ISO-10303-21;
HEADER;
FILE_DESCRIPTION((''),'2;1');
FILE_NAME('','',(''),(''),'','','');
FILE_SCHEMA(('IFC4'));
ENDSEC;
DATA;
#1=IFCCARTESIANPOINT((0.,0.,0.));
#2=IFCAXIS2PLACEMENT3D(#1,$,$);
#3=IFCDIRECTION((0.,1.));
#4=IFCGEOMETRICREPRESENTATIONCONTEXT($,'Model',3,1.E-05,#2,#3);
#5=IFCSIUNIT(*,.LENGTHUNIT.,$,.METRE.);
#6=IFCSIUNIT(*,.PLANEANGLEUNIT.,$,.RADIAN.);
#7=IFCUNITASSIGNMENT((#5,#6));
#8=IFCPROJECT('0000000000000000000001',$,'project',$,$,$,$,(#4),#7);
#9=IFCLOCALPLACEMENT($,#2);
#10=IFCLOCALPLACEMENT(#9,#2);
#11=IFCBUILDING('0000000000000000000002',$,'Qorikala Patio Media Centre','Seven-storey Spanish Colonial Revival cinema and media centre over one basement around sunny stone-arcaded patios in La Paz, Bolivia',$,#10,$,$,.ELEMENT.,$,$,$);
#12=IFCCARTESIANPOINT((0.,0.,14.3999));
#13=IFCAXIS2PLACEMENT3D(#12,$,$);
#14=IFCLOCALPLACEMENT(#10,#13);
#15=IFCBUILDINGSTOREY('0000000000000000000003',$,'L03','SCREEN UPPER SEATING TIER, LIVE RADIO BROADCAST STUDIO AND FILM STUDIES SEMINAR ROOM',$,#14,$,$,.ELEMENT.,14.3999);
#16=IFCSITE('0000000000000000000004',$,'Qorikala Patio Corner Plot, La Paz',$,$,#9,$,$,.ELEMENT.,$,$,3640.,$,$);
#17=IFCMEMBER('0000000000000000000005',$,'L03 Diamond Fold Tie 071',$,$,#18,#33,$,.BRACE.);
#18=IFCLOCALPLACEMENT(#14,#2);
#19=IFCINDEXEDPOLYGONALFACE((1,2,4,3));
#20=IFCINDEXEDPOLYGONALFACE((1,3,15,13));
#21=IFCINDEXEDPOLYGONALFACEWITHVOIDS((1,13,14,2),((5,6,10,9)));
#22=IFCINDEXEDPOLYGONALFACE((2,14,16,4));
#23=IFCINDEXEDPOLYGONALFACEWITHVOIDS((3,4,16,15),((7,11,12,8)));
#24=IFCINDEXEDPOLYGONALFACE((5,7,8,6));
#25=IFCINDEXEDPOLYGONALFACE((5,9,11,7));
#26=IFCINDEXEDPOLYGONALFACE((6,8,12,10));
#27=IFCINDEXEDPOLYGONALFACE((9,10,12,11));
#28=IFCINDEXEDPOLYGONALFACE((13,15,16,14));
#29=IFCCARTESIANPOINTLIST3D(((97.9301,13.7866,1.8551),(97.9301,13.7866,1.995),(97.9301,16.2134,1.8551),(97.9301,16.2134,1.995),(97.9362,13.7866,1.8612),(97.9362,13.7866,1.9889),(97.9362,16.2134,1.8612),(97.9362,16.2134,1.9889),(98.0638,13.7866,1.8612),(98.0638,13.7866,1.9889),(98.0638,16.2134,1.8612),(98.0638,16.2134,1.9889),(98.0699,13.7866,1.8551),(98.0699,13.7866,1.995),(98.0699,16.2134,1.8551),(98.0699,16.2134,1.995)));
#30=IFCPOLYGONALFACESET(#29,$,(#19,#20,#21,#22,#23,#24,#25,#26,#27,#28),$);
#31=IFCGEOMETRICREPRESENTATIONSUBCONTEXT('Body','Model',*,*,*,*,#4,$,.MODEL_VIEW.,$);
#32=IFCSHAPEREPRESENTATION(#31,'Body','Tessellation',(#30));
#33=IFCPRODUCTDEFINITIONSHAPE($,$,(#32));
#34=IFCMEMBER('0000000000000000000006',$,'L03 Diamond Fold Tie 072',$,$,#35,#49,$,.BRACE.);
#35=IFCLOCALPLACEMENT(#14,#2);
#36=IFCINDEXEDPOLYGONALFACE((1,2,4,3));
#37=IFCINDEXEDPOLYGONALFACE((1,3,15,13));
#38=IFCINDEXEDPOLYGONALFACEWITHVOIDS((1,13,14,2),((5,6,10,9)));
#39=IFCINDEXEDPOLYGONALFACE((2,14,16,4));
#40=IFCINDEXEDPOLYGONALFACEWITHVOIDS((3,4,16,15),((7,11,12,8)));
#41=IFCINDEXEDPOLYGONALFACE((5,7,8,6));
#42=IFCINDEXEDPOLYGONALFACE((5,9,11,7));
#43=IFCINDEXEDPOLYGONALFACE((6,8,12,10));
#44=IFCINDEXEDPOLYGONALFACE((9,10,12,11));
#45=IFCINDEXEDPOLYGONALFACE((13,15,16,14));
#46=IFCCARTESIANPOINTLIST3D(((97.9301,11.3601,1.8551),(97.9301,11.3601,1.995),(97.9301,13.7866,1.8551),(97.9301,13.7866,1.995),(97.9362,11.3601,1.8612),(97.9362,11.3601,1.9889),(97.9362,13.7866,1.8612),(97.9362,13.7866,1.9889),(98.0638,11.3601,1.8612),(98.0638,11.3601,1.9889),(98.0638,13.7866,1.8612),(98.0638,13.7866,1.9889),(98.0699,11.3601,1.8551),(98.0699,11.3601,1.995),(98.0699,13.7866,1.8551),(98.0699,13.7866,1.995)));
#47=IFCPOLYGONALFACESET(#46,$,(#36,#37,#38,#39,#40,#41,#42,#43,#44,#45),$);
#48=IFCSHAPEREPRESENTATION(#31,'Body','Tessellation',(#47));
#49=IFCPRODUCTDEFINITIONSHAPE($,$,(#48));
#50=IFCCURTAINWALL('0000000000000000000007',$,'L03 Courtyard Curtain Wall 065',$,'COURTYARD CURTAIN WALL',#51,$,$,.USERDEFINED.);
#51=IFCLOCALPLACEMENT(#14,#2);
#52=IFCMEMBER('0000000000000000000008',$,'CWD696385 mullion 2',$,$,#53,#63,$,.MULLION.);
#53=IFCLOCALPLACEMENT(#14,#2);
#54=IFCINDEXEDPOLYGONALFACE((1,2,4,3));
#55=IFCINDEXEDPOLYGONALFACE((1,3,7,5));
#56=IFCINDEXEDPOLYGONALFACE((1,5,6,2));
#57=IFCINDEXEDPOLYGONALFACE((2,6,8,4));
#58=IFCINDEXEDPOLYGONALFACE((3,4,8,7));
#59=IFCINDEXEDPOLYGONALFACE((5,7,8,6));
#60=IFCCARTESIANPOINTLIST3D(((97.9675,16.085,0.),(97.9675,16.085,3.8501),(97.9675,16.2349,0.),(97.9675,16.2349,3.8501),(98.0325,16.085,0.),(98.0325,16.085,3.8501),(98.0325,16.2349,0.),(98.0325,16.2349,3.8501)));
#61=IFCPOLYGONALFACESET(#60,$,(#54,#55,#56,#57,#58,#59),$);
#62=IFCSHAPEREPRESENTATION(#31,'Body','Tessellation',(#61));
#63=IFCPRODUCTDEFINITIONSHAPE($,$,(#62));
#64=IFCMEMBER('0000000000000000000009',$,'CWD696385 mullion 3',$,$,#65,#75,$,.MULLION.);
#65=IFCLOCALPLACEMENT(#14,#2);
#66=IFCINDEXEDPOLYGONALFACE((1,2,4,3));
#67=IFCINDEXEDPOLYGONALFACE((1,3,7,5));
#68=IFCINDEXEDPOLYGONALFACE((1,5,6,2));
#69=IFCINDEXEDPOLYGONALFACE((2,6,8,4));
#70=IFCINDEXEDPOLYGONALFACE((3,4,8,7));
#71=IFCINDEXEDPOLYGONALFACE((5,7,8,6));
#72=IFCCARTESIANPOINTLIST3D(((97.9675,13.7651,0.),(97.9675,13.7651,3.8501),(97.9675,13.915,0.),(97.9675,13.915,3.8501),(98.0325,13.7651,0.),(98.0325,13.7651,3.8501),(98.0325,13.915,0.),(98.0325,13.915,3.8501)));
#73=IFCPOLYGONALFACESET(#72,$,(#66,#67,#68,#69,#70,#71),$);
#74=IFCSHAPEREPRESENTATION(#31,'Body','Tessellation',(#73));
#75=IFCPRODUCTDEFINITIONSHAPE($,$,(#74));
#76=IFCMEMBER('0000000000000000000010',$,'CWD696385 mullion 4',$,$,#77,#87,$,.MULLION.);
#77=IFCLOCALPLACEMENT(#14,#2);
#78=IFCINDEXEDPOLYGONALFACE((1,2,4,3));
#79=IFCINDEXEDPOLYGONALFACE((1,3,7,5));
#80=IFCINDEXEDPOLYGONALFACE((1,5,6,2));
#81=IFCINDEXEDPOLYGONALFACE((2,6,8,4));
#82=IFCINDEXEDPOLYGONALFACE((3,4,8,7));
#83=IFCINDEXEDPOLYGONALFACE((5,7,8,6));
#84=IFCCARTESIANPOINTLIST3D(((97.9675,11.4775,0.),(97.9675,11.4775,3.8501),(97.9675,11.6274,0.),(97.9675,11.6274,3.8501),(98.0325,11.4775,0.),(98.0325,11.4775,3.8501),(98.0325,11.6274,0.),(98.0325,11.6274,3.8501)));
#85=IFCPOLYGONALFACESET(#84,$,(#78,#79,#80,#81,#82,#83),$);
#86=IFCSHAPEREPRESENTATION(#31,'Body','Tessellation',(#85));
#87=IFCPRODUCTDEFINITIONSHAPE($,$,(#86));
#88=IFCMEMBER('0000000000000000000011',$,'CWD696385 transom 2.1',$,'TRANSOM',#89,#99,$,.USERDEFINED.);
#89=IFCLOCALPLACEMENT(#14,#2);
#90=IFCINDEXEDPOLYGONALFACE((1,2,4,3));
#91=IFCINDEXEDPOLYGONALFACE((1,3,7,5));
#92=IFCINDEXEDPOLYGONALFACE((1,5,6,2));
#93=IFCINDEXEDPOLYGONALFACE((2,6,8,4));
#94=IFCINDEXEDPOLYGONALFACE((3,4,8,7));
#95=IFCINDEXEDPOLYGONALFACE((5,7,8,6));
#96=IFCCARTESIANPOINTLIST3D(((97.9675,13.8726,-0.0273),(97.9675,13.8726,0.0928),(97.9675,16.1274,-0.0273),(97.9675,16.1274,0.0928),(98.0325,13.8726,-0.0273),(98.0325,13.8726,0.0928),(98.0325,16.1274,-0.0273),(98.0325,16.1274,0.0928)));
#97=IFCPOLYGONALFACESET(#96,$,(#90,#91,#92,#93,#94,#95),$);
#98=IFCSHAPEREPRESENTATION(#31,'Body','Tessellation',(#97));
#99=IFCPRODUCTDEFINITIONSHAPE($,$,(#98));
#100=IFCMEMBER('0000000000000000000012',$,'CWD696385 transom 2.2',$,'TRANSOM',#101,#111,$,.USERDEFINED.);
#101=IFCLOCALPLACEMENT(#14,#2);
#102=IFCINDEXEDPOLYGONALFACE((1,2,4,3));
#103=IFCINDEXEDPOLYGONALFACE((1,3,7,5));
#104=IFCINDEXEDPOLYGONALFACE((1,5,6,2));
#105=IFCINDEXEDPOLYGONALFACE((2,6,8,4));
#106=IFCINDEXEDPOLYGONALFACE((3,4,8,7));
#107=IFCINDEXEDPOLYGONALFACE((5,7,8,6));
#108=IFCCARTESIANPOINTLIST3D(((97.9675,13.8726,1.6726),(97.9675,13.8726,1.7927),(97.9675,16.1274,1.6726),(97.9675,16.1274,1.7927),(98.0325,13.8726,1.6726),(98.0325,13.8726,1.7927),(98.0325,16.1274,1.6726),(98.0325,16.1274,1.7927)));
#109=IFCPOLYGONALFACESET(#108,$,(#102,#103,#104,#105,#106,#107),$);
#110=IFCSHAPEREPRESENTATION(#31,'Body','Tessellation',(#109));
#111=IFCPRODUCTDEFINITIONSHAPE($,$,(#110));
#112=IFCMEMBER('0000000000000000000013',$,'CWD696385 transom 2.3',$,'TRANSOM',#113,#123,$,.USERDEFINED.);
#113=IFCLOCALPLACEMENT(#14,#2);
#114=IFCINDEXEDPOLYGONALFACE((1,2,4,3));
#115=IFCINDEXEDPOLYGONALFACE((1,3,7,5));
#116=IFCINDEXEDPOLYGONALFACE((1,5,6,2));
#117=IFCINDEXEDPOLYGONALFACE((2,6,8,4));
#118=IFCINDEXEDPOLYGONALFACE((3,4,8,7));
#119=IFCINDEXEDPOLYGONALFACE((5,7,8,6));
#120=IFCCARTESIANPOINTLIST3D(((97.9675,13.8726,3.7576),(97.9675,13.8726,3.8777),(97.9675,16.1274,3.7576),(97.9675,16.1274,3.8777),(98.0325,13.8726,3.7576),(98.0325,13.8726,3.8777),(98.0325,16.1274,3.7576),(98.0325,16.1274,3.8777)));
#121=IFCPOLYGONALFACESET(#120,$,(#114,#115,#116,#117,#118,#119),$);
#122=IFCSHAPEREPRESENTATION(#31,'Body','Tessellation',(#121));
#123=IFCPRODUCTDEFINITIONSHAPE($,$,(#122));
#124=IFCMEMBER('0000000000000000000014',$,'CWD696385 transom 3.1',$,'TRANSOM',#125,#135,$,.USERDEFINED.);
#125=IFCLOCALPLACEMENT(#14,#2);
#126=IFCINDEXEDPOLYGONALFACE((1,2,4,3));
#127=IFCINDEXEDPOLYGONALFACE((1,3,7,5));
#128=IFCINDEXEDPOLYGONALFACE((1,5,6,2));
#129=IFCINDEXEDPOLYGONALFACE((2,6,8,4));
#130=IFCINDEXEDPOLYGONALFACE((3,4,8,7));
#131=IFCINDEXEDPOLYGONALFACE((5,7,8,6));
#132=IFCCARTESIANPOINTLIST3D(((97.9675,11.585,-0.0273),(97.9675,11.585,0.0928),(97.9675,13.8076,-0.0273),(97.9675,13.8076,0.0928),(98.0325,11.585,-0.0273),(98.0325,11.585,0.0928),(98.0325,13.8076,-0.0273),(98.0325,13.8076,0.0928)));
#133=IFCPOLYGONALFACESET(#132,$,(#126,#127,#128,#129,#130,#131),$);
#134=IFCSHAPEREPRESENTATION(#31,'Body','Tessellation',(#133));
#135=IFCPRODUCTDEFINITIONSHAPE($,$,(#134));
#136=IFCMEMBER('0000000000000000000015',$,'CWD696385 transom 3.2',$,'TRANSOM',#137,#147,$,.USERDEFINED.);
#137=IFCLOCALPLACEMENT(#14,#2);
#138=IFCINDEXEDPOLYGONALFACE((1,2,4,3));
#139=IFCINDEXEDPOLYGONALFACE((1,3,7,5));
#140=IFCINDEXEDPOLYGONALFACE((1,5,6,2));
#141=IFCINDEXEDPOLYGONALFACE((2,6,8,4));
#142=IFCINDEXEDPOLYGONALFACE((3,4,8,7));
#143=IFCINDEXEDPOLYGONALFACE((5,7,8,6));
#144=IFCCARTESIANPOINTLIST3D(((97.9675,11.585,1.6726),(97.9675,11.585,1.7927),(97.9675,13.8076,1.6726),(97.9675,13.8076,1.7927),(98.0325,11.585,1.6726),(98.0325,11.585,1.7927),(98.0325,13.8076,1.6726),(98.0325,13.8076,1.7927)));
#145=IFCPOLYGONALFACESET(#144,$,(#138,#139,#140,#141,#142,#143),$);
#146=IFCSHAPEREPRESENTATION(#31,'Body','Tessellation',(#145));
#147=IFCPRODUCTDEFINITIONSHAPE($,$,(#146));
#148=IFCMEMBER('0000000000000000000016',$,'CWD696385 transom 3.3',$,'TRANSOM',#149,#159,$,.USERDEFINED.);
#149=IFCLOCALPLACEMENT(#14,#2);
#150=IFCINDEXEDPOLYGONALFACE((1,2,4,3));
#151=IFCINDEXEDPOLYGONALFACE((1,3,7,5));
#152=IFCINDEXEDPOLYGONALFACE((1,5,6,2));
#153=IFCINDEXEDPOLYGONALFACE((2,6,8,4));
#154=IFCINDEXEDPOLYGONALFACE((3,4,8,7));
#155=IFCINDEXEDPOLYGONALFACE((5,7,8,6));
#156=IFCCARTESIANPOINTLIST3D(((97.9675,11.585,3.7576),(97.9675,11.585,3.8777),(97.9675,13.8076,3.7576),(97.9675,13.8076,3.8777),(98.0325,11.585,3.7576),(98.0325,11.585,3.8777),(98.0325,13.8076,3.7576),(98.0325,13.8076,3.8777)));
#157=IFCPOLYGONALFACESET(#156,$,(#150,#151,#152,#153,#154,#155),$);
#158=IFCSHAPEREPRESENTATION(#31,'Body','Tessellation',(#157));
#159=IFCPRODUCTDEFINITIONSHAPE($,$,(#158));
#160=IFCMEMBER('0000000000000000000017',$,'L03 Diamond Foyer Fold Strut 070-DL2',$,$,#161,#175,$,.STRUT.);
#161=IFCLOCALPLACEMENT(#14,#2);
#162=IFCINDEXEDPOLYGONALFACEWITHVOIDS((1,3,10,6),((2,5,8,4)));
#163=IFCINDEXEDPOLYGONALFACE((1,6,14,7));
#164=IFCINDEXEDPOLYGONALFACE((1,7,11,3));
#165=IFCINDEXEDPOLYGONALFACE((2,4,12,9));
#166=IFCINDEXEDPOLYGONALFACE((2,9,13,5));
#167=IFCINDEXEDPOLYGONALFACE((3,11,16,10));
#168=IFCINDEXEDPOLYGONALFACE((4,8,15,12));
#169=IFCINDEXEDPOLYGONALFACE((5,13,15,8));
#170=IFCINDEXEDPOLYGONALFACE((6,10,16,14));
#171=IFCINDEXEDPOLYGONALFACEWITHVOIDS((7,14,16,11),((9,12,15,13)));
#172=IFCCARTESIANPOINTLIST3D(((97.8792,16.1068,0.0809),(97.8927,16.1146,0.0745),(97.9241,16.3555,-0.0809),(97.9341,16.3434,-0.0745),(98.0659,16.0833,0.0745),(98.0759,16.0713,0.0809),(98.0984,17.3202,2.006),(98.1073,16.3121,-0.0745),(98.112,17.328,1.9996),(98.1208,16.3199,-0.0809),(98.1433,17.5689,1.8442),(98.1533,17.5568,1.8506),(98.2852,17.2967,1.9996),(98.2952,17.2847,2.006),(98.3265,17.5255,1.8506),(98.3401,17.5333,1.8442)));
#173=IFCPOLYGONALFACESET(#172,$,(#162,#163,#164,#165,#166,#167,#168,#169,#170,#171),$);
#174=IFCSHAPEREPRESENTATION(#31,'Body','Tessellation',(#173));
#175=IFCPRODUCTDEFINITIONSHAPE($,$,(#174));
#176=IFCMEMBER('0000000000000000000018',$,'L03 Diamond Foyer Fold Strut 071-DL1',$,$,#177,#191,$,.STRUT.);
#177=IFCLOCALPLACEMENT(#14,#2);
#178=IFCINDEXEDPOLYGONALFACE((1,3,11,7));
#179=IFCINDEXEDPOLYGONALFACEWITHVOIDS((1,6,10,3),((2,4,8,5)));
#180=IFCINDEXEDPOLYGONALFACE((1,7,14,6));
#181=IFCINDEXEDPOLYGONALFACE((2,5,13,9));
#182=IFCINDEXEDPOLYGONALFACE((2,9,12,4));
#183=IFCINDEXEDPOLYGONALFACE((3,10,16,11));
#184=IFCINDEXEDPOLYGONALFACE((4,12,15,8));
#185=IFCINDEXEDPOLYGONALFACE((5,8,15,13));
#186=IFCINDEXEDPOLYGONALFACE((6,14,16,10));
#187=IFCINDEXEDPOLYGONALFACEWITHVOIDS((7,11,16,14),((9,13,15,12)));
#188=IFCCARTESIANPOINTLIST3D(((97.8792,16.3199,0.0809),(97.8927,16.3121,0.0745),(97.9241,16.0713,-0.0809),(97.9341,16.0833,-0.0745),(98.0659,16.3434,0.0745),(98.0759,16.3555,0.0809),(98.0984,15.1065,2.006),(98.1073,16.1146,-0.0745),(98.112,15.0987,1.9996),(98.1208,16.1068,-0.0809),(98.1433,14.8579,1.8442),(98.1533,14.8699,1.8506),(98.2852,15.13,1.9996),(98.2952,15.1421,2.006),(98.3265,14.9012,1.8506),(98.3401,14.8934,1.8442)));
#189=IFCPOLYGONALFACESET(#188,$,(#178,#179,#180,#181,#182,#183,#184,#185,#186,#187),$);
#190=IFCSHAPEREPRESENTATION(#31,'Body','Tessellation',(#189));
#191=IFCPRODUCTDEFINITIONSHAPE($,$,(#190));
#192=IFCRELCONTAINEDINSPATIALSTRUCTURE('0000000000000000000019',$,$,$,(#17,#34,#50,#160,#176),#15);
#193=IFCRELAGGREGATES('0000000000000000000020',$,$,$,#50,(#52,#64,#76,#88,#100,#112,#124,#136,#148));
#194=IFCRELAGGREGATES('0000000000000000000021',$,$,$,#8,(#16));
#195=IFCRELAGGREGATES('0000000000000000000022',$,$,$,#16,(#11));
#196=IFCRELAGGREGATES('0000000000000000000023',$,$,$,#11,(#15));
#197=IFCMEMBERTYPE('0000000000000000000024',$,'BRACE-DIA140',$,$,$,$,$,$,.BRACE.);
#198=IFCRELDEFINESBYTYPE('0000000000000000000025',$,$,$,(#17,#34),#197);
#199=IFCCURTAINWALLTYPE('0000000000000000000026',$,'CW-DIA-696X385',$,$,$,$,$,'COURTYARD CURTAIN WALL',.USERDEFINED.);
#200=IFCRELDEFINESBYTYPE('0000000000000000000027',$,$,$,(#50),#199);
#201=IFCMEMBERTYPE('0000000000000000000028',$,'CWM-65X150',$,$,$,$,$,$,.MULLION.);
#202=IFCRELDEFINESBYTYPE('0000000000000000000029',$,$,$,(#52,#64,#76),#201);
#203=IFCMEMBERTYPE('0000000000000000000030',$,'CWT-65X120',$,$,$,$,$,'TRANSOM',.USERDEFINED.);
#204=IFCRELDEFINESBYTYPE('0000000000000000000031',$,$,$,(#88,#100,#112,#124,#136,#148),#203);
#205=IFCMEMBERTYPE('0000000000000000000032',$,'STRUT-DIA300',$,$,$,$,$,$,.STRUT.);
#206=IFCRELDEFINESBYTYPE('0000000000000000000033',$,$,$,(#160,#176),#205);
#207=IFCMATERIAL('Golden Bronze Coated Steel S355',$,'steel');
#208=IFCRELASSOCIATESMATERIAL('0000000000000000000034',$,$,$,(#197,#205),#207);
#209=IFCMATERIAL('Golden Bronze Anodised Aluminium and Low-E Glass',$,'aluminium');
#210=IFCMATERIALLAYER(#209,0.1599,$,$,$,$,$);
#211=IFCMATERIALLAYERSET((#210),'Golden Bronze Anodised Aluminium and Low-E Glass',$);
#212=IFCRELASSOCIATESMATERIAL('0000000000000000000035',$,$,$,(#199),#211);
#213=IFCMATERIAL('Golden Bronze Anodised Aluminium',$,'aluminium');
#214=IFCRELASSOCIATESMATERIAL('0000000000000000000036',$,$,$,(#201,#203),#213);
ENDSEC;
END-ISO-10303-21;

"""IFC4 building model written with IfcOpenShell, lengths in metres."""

from ifc_helpers import new_model, si_unit, direction, frame, origin, origin_2d, place, context, subcontext, project, spatial, rectangle, hollow_rectangle, extrude, material, layer, layer_set, material_profile, profile_set, type_object, element, aggregate, save


model = new_model("IFC4")

# Units and contexts
model_context = context("Model", 3, precision=1e-05, world=origin(), true_north=direction((0.0, 1.0)))
body_context = subcontext(model_context, "Body", "Model", "MODEL_VIEW")
ifc_project = project(units=[si_unit("LENGTHUNIT", "METRE"), si_unit("PLANEANGLEUNIT", "RADIAN")], contexts=[model_context])

# Site, building, storey
site_placement = place(None, origin())
site = spatial("IfcSite", under=ifc_project, at=site_placement, Name="Qorikala Patio Corner Plot, La Paz", CompositionType="ELEMENT", RefElevation=3640.0)
building_placement = place(site_placement, origin())
building = spatial("IfcBuilding", under=site, at=building_placement, Name="Qorikala Patio Media Centre", Description="Seven-storey Spanish Colonial Revival cinema and media centre over one basement around sunny stone-arcaded patios in La Paz, Bolivia", CompositionType="ELEMENT")
storey_placement = place(building_placement, frame((0.0, 0.0, 14.3999)))
storey = spatial("IfcBuildingStorey", under=building, at=storey_placement, Name="L03", Description="SCREEN UPPER SEATING TIER, LIVE RADIO BROADCAST STUDIO AND FILM STUDIES SEMINAR ROOM", CompositionType="ELEMENT", Elevation=14.3999)

# Members
ifc_material_1 = material(Name="Golden Bronze Coated Steel S355", Category="steel")
ifc_material_profile_1 = material_profile(ifc_material_1, hollow_rectangle(XDim=0.1399, YDim=0.1399, WallThickness=0.0061, at=origin_2d()), Name="HSS140X140X6")
ifc_profile_set_1 = profile_set([ifc_material_profile_1], Name="Golden Bronze Coated Steel S355")
member_type_1 = type_object("IfcMemberType", Name="BRACE-DIA140", PredefinedType="BRACE", material=ifc_profile_set_1)
member_1_placement = place(storey_placement, frame((98.0, 16.2134, 1.925), z_axis=(0.0, -1.0, 0.0), x_axis=(1.0, 0.0, 0.0)))
element("IfcMember", 1, at=member_1_placement, inside=storey, type_object=member_type_1, Name="L03 Diamond Fold Tie 071", PredefinedType="BRACE", context=body_context, shape_type="SweptSolid", body=[
    extrude(hollow_rectangle(XDim=0.1399, YDim=0.1399, WallThickness=0.0061, at=origin_2d()), origin(), (0.0, 0.0, 1.0), 2.4268),
])
member_2_placement = place(storey_placement, frame((98.0, 13.7866, 1.925), z_axis=(0.0, -1.0, 0.0), x_axis=(1.0, 0.0, 0.0)))
element("IfcMember", 2, at=member_2_placement, inside=storey, type_object=member_type_1, Name="L03 Diamond Fold Tie 072", PredefinedType="BRACE", context=body_context, shape_type="SweptSolid", body=[
    extrude(hollow_rectangle(XDim=0.1399, YDim=0.1399, WallThickness=0.0061, at=origin_2d()), origin(), (0.0, 0.0, 1.0), 2.4265),
])

# Curtain wall, members
ifc_material_2 = material(Name="Golden Bronze Anodised Aluminium and Low-E Glass", Category="aluminium")
ifc_layer_1 = layer(ifc_material_2, 0.1599)
ifc_layer_set_1 = layer_set([ifc_layer_1], Name="Golden Bronze Anodised Aluminium and Low-E Glass")
curtain_wall_type = type_object("IfcCurtainWallType", Name="CW-DIA-696X385", ElementType="COURTYARD CURTAIN WALL", PredefinedType="USERDEFINED", material=ifc_layer_set_1)
curtain_wall_placement = place(storey_placement, origin())
curtain_wall = element("IfcCurtainWall", 3, at=curtain_wall_placement, inside=storey, type_object=curtain_wall_type, Name="L03 Courtyard Curtain Wall 065", ObjectType="COURTYARD CURTAIN WALL", PredefinedType="USERDEFINED")
ifc_material_3 = material(Name="Golden Bronze Anodised Aluminium", Category="aluminium")
ifc_material_profile_2 = material_profile(ifc_material_3, rectangle(XDim=0.0649, YDim=0.1499, at=origin_2d()), Name="ALU MULLION 65x150")
ifc_profile_set_2 = profile_set([ifc_material_profile_2], Name="Golden Bronze Anodised Aluminium")
member_type_2 = type_object("IfcMemberType", Name="CWM-65X150", PredefinedType="MULLION", material=ifc_profile_set_2)
member_3_placement = place(storey_placement, frame((98.0, 16.1599, 0.0), z_axis=(0.0, 0.0, 1.0), x_axis=(1.0, 0.0, 0.0)))
member_3 = element("IfcMember", 4, at=member_3_placement, type_object=member_type_2, Name="CWD696385 mullion 2", PredefinedType="MULLION", context=body_context, shape_type="SweptSolid", body=[
    extrude(rectangle(XDim=0.0649, YDim=0.1499, at=origin_2d()), origin(), (0.0, 0.0, 1.0), 3.8501),
])
member_4_placement = place(storey_placement, frame((98.0, 13.8401, 0.0), z_axis=(0.0, 0.0, 1.0), x_axis=(1.0, 0.0, 0.0)))
member_4 = element("IfcMember", 5, at=member_4_placement, type_object=member_type_2, Name="CWD696385 mullion 3", PredefinedType="MULLION", context=body_context, shape_type="SweptSolid", body=[
    extrude(rectangle(XDim=0.0649, YDim=0.1499, at=origin_2d()), origin(), (0.0, 0.0, 1.0), 3.8501),
])
member_5_placement = place(storey_placement, frame((98.0, 11.5525, 0.0), z_axis=(0.0, 0.0, 1.0), x_axis=(1.0, 0.0, 0.0)))
member_5 = element("IfcMember", 6, at=member_5_placement, type_object=member_type_2, Name="CWD696385 mullion 4", PredefinedType="MULLION", context=body_context, shape_type="SweptSolid", body=[
    extrude(rectangle(XDim=0.0649, YDim=0.1499, at=origin_2d()), origin(), (0.0, 0.0, 1.0), 3.8501),
])
ifc_material_profile_3 = material_profile(ifc_material_3, rectangle(XDim=0.0649, YDim=0.1201, at=origin_2d()), Name="ALU TRANSOM 65x120")
ifc_profile_set_3 = profile_set([ifc_material_profile_3], Name="Golden Bronze Anodised Aluminium")
member_type_3 = type_object("IfcMemberType", Name="CWT-65X120", ElementType="TRANSOM", PredefinedType="USERDEFINED", material=ifc_profile_set_3)
member_6_placement = place(storey_placement, frame((98.0, 16.1274, 0.0327), z_axis=(0.0, -1.0, 0.0), x_axis=(1.0, 0.0, 0.0)))
member_6 = element("IfcMember", 7, at=member_6_placement, type_object=member_type_3, Name="CWD696385 transom 2.1", ObjectType="TRANSOM", PredefinedType="USERDEFINED", context=body_context, shape_type="SweptSolid", body=[
    extrude(rectangle(XDim=0.0649, YDim=0.1201, at=origin_2d()), origin(), (0.0, 0.0, 1.0), 2.2549),
])
member_7_placement = place(storey_placement, frame((98.0, 16.1274, 1.7327), z_axis=(0.0, -1.0, 0.0), x_axis=(1.0, 0.0, 0.0)))
member_7 = element("IfcMember", 8, at=member_7_placement, type_object=member_type_3, Name="CWD696385 transom 2.2", ObjectType="TRANSOM", PredefinedType="USERDEFINED", context=body_context, shape_type="SweptSolid", body=[
    extrude(rectangle(XDim=0.0649, YDim=0.1201, at=origin_2d()), origin(), (0.0, 0.0, 1.0), 2.2549),
])
member_8_placement = place(storey_placement, frame((98.0, 16.1274, 3.8176), z_axis=(0.0, -1.0, 0.0), x_axis=(1.0, 0.0, 0.0)))
member_8 = element("IfcMember", 9, at=member_8_placement, type_object=member_type_3, Name="CWD696385 transom 2.3", ObjectType="TRANSOM", PredefinedType="USERDEFINED", context=body_context, shape_type="SweptSolid", body=[
    extrude(rectangle(XDim=0.0649, YDim=0.1201, at=origin_2d()), origin(), (0.0, 0.0, 1.0), 2.2549),
])
member_9_placement = place(storey_placement, frame((98.0, 13.8076, 0.0327), z_axis=(0.0, -1.0, 0.0), x_axis=(1.0, 0.0, 0.0)))
member_9 = element("IfcMember", 10, at=member_9_placement, type_object=member_type_3, Name="CWD696385 transom 3.1", ObjectType="TRANSOM", PredefinedType="USERDEFINED", context=body_context, shape_type="SweptSolid", body=[
    extrude(rectangle(XDim=0.0649, YDim=0.1201, at=origin_2d()), origin(), (0.0, 0.0, 1.0), 2.2227),
])
member_10_placement = place(storey_placement, frame((98.0, 13.8076, 1.7327), z_axis=(0.0, -1.0, 0.0), x_axis=(1.0, 0.0, 0.0)))
member_10 = element("IfcMember", 11, at=member_10_placement, type_object=member_type_3, Name="CWD696385 transom 3.2", ObjectType="TRANSOM", PredefinedType="USERDEFINED", context=body_context, shape_type="SweptSolid", body=[
    extrude(rectangle(XDim=0.0649, YDim=0.1201, at=origin_2d()), origin(), (0.0, 0.0, 1.0), 2.2227),
])
member_11_placement = place(storey_placement, frame((98.0, 13.8076, 3.8176), z_axis=(0.0, -1.0, 0.0), x_axis=(1.0, 0.0, 0.0)))
member_11 = element("IfcMember", 12, at=member_11_placement, type_object=member_type_3, Name="CWD696385 transom 3.3", ObjectType="TRANSOM", PredefinedType="USERDEFINED", context=body_context, shape_type="SweptSolid", body=[
    extrude(rectangle(XDim=0.0649, YDim=0.1201, at=origin_2d()), origin(), (0.0, 0.0, 1.0), 2.2227),
])

# Members
ifc_material_profile_4 = material_profile(ifc_material_1, hollow_rectangle(XDim=0.2, YDim=0.3, WallThickness=0.012, at=origin_2d()), Name="HSS300X200X12")
ifc_profile_set_4 = profile_set([ifc_material_profile_4], Name="Golden Bronze Coated Steel S355")
member_type_4 = type_object("IfcMemberType", Name="STRUT-DIA300", PredefinedType="STRUT", material=ifc_profile_set_4)
for number, where, z_axis, x_axis, name in (
    (13, (98.0, 16.2134, 0.0), (0.095901, 0.530768, 0.842074), (-0.984066, 0.177805, 0.0), "L03 Diamond Foyer Fold Strut 070-DL2"),
    (14, (98.0, 16.2134, 0.0), (0.095901, -0.530768, 0.842074), (0.984066, 0.177805, 0.0), "L03 Diamond Foyer Fold Strut 071-DL1"),
):
    element("IfcMember", number, at=place(storey_placement, frame(where, z_axis=z_axis, x_axis=x_axis)), inside=storey, type_object=member_type_4, Name=name, PredefinedType="STRUT", context=body_context, shape_type="SweptSolid", body=[
        extrude(hollow_rectangle(XDim=0.2, YDim=0.3, WallThickness=0.012, at=origin_2d()), origin(), (0.0, 0.0, 1.0), 2.2861),
    ])

aggregate(curtain_wall, [member_3, member_4, member_5, member_6, member_7, member_8, member_9, member_10, member_11])

save(model, "model.ifc")
